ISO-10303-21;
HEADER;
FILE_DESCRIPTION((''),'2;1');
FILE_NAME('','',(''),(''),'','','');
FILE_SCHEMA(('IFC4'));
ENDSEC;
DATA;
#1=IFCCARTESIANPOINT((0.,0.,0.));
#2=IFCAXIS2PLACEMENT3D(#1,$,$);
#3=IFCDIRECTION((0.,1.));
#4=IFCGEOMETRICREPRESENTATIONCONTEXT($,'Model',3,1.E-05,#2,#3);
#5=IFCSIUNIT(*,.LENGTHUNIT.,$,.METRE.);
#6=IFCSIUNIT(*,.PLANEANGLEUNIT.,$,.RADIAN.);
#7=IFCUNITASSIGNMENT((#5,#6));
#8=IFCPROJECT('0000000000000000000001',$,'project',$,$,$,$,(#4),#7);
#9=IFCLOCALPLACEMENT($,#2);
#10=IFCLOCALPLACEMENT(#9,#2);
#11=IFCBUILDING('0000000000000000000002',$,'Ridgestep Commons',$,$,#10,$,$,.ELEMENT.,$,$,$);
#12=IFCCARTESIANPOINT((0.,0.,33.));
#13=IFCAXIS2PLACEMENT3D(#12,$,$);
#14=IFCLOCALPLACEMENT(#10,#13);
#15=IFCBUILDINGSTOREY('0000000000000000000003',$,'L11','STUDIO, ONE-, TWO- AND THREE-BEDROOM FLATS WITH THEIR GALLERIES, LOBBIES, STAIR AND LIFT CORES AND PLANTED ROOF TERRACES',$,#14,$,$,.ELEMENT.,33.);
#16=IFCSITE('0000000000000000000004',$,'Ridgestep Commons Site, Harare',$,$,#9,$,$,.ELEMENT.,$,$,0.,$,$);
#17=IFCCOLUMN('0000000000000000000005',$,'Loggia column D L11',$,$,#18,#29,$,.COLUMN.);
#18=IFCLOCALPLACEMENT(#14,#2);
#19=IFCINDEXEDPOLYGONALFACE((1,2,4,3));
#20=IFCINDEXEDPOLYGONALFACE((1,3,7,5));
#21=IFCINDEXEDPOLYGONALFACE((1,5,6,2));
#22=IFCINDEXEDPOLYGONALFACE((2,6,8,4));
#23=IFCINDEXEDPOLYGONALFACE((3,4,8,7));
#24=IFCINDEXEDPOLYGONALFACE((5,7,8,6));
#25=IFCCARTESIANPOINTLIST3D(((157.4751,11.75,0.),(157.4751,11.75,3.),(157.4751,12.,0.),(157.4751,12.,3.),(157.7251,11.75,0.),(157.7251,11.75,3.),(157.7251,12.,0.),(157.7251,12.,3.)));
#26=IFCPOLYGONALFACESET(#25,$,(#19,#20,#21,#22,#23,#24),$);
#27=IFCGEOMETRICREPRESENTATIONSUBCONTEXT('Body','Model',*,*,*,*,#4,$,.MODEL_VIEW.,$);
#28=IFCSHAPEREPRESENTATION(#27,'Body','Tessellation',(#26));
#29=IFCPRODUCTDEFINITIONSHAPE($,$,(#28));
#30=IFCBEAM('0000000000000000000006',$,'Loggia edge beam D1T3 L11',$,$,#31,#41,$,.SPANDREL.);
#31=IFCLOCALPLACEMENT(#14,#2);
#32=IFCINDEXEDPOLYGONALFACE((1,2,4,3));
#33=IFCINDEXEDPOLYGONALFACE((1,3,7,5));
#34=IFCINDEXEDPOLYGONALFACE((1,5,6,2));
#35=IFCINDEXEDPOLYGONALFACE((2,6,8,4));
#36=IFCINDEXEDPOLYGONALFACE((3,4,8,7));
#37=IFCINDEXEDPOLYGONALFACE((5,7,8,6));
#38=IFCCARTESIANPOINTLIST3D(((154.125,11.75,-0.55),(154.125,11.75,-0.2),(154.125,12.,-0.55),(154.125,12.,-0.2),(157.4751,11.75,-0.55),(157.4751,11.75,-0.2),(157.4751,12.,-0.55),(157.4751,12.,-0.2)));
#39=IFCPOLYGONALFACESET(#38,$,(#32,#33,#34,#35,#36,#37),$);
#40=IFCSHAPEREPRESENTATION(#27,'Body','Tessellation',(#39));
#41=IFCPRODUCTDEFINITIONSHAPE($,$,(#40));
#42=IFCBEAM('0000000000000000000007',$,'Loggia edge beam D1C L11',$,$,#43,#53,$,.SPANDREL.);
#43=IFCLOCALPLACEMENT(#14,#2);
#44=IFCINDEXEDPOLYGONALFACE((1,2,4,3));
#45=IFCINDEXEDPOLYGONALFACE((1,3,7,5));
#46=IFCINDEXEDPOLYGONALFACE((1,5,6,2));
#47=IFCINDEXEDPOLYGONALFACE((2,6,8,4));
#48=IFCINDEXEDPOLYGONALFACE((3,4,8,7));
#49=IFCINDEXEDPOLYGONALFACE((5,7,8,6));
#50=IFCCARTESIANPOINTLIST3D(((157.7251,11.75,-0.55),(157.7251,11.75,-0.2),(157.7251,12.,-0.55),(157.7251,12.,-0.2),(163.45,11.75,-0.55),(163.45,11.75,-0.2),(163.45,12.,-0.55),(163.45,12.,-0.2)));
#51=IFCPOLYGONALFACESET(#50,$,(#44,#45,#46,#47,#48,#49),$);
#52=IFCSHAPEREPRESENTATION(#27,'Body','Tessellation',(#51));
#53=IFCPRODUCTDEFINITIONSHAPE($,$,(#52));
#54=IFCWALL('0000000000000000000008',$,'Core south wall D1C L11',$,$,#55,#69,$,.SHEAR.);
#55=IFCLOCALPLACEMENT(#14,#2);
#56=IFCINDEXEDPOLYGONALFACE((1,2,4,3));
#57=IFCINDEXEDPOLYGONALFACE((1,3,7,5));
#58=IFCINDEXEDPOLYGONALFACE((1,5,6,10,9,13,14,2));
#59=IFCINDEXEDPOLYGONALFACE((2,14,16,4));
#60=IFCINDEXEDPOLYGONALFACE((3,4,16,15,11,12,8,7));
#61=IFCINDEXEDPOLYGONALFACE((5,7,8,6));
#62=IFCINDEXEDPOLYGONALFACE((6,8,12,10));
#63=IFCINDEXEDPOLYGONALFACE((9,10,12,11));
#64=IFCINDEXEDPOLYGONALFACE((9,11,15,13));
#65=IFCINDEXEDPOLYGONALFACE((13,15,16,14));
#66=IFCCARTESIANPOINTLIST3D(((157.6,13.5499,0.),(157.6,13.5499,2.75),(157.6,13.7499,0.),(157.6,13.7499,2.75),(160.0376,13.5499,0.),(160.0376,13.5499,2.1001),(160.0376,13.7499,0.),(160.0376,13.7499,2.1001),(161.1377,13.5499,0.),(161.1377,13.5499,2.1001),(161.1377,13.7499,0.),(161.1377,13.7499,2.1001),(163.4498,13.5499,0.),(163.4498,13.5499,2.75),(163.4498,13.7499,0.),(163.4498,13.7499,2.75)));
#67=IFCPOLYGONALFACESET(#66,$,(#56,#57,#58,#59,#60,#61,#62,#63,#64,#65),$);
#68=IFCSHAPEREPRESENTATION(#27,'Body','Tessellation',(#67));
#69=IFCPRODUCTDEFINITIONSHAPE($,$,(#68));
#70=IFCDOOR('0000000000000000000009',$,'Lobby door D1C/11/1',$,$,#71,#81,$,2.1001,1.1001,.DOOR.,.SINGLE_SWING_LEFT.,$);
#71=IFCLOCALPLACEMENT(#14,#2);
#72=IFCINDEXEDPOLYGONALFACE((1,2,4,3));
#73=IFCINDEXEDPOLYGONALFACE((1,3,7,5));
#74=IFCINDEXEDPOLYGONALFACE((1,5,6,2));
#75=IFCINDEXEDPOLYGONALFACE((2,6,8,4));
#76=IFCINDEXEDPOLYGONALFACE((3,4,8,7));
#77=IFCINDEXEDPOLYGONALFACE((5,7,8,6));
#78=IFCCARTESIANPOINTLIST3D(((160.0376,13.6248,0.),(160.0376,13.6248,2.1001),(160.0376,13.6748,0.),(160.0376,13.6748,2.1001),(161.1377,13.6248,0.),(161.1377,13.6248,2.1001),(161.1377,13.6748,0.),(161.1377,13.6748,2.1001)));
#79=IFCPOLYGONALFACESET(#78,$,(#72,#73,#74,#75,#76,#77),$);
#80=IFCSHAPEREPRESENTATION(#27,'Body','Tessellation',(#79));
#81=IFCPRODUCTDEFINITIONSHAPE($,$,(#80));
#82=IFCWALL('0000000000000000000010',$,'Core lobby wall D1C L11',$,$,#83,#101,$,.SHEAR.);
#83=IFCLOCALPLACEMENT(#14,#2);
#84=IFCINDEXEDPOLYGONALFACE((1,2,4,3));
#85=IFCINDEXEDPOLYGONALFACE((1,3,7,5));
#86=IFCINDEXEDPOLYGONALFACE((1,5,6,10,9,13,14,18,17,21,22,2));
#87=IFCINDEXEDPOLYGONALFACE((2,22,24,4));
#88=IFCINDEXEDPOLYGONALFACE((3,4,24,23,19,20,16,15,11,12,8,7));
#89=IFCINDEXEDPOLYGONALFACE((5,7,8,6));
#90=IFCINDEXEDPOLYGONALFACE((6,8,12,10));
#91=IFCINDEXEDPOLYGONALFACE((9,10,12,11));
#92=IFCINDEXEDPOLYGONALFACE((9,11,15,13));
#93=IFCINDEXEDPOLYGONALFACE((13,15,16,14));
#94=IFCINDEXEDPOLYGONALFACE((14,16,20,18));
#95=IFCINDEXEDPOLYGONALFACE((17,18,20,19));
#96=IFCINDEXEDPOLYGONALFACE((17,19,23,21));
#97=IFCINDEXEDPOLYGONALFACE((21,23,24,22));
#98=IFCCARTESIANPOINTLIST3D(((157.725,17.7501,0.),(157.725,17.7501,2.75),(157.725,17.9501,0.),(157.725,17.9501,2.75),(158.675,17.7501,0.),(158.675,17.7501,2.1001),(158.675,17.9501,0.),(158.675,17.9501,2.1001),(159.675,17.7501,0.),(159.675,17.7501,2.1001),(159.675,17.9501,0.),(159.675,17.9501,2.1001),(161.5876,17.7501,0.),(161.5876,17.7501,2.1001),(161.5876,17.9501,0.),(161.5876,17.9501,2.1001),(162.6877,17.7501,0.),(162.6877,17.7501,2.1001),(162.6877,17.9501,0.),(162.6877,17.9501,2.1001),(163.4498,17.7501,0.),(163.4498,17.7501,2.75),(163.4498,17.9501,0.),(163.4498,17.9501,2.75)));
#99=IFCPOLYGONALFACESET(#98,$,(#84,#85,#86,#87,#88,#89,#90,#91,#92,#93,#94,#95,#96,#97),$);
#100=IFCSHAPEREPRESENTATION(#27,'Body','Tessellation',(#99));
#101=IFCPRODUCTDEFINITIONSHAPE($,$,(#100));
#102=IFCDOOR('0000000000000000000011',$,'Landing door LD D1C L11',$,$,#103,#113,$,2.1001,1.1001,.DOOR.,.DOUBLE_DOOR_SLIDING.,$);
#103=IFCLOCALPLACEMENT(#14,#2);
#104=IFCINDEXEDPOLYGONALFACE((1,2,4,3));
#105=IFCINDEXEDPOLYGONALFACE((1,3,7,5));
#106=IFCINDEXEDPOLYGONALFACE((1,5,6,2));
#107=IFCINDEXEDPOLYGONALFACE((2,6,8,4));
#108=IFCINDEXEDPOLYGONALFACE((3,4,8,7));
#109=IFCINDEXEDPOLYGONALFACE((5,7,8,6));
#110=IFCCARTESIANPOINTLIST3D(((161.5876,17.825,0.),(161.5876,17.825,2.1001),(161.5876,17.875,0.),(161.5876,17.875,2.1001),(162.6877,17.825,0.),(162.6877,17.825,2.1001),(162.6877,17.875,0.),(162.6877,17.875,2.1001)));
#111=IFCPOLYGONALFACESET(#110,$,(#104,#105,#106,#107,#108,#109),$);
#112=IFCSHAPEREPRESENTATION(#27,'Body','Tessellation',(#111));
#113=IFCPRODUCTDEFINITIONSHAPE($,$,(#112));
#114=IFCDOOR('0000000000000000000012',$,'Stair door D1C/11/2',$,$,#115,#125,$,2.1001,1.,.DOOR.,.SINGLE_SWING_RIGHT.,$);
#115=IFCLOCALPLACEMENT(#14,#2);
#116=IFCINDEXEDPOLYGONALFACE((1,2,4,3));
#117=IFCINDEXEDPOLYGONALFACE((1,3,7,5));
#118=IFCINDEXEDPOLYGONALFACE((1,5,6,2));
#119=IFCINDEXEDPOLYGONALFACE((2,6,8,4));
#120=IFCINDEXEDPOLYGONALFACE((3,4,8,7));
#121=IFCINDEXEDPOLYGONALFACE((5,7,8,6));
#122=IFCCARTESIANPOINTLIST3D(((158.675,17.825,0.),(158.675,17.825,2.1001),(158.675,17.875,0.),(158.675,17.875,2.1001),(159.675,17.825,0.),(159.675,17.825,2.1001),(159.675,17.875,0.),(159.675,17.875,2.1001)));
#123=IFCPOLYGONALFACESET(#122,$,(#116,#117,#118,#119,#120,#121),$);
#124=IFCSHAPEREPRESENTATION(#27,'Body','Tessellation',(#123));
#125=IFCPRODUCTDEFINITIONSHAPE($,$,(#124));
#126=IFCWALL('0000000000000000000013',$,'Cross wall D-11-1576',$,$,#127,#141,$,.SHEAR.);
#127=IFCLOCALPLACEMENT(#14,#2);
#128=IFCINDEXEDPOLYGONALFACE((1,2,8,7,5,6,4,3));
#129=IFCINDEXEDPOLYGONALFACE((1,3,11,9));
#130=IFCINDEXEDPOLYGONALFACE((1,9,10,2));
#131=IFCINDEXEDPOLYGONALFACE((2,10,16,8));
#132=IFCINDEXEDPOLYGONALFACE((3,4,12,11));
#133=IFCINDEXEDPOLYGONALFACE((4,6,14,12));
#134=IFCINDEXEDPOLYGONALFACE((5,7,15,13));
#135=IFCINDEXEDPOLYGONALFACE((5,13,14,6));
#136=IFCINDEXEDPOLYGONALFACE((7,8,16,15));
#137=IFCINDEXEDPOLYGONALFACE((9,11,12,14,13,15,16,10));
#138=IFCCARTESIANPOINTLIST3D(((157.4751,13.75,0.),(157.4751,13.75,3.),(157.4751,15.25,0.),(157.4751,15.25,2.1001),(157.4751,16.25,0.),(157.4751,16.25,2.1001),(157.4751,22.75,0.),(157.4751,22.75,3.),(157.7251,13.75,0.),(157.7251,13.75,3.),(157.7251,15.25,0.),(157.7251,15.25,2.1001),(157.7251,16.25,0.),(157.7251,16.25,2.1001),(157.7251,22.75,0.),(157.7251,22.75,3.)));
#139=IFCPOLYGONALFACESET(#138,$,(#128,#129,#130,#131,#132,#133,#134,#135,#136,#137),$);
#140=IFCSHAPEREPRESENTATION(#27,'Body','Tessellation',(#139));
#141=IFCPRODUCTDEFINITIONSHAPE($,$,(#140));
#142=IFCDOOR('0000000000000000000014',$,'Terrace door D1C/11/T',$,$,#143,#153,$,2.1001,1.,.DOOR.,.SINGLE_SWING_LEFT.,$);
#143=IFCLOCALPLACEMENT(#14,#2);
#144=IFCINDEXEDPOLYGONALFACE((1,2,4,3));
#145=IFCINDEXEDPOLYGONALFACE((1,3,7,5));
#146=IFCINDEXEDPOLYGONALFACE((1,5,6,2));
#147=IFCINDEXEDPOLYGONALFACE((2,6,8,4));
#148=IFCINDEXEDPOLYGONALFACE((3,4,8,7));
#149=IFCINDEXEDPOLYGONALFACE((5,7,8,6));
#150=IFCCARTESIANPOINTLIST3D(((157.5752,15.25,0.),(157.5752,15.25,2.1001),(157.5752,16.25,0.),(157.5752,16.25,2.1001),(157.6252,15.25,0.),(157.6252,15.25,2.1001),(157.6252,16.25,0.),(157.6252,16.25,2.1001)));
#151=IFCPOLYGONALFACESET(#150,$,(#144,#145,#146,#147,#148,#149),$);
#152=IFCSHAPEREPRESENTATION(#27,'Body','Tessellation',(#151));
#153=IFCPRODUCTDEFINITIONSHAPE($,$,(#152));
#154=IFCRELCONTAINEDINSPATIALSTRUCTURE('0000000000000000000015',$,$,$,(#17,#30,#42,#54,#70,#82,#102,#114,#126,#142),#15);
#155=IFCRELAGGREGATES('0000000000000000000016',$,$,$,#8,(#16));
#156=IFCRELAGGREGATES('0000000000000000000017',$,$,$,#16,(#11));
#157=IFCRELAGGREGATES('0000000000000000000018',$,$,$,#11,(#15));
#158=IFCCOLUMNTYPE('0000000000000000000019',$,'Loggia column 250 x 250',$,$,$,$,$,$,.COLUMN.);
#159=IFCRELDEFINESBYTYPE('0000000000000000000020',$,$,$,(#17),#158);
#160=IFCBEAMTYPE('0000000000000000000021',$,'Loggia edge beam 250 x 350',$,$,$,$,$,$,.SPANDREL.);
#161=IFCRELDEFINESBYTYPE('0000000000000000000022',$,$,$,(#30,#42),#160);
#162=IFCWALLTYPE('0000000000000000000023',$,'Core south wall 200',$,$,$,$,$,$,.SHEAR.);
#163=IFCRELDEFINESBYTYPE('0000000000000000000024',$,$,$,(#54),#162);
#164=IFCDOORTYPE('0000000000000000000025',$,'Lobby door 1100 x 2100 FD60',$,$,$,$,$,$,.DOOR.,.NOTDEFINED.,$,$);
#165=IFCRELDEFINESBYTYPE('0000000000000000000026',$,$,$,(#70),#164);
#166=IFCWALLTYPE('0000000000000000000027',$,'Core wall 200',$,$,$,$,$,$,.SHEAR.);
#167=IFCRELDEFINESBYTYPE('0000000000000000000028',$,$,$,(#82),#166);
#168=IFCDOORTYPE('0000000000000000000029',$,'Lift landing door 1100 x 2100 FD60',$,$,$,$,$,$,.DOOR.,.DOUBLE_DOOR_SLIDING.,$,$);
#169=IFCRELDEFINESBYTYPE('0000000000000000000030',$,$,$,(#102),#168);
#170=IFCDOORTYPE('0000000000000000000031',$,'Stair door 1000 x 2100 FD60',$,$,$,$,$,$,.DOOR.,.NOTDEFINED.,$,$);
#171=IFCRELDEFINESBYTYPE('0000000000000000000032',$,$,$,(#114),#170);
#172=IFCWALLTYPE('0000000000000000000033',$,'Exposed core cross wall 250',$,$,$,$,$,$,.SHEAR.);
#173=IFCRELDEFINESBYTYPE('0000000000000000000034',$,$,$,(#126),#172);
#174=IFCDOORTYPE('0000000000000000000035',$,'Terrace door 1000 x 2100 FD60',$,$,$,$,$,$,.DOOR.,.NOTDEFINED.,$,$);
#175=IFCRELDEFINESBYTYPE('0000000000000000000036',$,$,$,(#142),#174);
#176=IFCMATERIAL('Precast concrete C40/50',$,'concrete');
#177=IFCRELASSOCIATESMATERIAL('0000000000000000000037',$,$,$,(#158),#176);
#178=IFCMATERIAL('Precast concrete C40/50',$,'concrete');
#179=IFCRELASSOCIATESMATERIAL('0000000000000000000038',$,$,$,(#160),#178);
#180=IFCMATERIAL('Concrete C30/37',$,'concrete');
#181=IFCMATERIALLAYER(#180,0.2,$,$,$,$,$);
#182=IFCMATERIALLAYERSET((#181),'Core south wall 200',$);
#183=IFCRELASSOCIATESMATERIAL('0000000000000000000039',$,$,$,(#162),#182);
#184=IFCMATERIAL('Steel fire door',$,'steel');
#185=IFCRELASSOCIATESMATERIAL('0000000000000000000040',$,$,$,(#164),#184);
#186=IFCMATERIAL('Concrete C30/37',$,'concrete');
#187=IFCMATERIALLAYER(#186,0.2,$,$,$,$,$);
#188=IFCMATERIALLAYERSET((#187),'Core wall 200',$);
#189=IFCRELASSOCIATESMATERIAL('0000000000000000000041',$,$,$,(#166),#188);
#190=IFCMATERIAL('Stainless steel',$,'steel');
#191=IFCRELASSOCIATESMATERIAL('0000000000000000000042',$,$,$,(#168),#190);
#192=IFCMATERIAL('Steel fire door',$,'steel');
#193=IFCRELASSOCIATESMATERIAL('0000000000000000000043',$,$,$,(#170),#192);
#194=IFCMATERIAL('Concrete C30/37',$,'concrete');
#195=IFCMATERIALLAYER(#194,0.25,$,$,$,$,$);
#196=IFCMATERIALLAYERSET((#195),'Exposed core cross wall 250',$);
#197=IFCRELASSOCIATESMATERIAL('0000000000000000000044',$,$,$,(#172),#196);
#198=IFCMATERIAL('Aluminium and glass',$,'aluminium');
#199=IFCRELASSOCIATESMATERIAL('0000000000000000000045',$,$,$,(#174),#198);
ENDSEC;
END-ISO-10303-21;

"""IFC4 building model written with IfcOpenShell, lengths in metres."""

from ifc_helpers import new_model, si_unit, direction, frame, frame_2d, origin, origin_2d, place, context, subcontext, project, spatial, rectangle, extrude, material, layer, layer_set, material_profile, profile_set, type_object, element, fill, save


model = new_model("IFC4")

# Units and contexts
model_context = context("Model", 3, precision=1e-05, world=origin(), true_north=direction((0.0, 1.0)))
body_context = subcontext(model_context, "Body", "Model", "MODEL_VIEW")
ifc_project = project(units=[si_unit("LENGTHUNIT", "METRE"), si_unit("PLANEANGLEUNIT", "RADIAN")], contexts=[model_context])

# Site, building, storey
site_placement = place(None, origin())
site = spatial("IfcSite", under=ifc_project, at=site_placement, Name="Ridgestep Commons Site, Harare", CompositionType="ELEMENT", RefElevation=0.0)
building_placement = place(site_placement, origin())
building = spatial("IfcBuilding", under=site, at=building_placement, Name="Ridgestep Commons", CompositionType="ELEMENT")
storey_placement = place(building_placement, frame((0.0, 0.0, 33.0)))
storey = spatial("IfcBuildingStorey", under=building, at=storey_placement, Name="L11", Description="STUDIO, ONE-, TWO- AND THREE-BEDROOM FLATS WITH THEIR GALLERIES, LOBBIES, STAIR AND LIFT CORES AND PLANTED ROOF TERRACES", CompositionType="ELEMENT", Elevation=33.0)

# Column
ifc_material_1 = material(Name="Precast concrete C40/50", Category="concrete")
ifc_material_profile_1 = material_profile(ifc_material_1, rectangle(XDim=0.25, YDim=0.25, at=origin_2d()), Name="PC 250x250")
ifc_profile_set_1 = profile_set([ifc_material_profile_1], Name="Precast concrete C40/50")
column_type = type_object("IfcColumnType", Name="Loggia column 250 x 250", PredefinedType="COLUMN", material=ifc_profile_set_1)
column_placement = place(storey_placement, frame((157.6001, 11.875, 0.0), z_axis=(0.0, 0.0, 1.0), x_axis=(1.0, 0.0, 0.0)))
element("IfcColumn", 1, at=column_placement, inside=storey, type_object=column_type, Name="Loggia column D L11", PredefinedType="COLUMN", context=body_context, shape_type="SweptSolid", body=[
    extrude(rectangle(XDim=0.25, YDim=0.25, at=origin_2d()), origin(), (0.0, 0.0, 1.0), 3.0),
])

# Beams
ifc_material_2 = material(Name="Precast concrete C40/50", Category="concrete")
ifc_material_profile_2 = material_profile(ifc_material_2, rectangle(XDim=0.25, YDim=0.3501, at=origin_2d()), Name="PC 250x350")
ifc_profile_set_2 = profile_set([ifc_material_profile_2], Name="Precast concrete C40/50")
beam_type = type_object("IfcBeamType", Name="Loggia edge beam 250 x 350", PredefinedType="SPANDREL", material=ifc_profile_set_2)
beam_1_placement = place(storey_placement, frame((154.125, 11.875, -0.375), z_axis=(1.0, 0.0, 0.0), x_axis=(0.0, 1.0, 0.0)))
element("IfcBeam", 2, at=beam_1_placement, inside=storey, type_object=beam_type, Name="Loggia edge beam D1T3 L11", PredefinedType="SPANDREL", context=body_context, shape_type="SweptSolid", body=[
    extrude(rectangle(XDim=0.25, YDim=0.3501, at=origin_2d()), origin(), (0.0, 0.0, 1.0), 3.3501),
])
beam_2_placement = place(storey_placement, frame((157.7251, 11.875, -0.375), z_axis=(1.0, 0.0, 0.0), x_axis=(0.0, 1.0, 0.0)))
element("IfcBeam", 3, at=beam_2_placement, inside=storey, type_object=beam_type, Name="Loggia edge beam D1C L11", PredefinedType="SPANDREL", context=body_context, shape_type="SweptSolid", body=[
    extrude(rectangle(XDim=0.25, YDim=0.3501, at=origin_2d()), origin(), (0.0, 0.0, 1.0), 5.7249),
])

# Wall, opening, door
ifc_material_3 = material(Name="Concrete C30/37", Category="concrete")
ifc_layer_1 = layer(ifc_material_3, 0.2)
ifc_layer_set_1 = layer_set([ifc_layer_1], Name="Core south wall 200")
wall_type_1 = type_object("IfcWallType", Name="Core south wall 200", PredefinedType="SHEAR", material=ifc_layer_set_1)
wall_1_placement = place(storey_placement, frame((157.6001, 13.6499, 0.0), z_axis=(0.0, 0.0, 1.0), x_axis=(1.0, 0.0, 0.0)))
wall_1 = element("IfcWall", 4, at=wall_1_placement, inside=storey, type_object=wall_type_1, Name="Core south wall D1C L11", PredefinedType="SHEAR", context=body_context, shape_type="SweptSolid", body=[
    extrude(rectangle(XDim=5.8499, YDim=0.2, at=frame_2d((2.9248, 0.0))), origin(), (0.0, 0.0, 1.0), 2.75),
])
opening_1_placement = place(wall_1_placement, frame((2.4375, 0.0, 0.0)))
opening_1 = element("IfcOpeningElement", 5, at=opening_1_placement, cuts=wall_1, PredefinedType="OPENING", context=body_context, shape_type="SweptSolid", body=[
    extrude(rectangle(XDim=1.1001, YDim=2.1001, at=frame_2d((0.55, 1.05))), frame((0.0, 0.1099, 0.0), z_axis=(0.0, -1.0, 0.0), x_axis=(1.0, 0.0, 0.0)), (0.0, 0.0, 1.0), 0.22),
])
ifc_material_4 = material(Name="Steel fire door", Category="steel")
door_type_1 = type_object("IfcDoorType", Name="Lobby door 1100 x 2100 FD60", OperationType="NOTDEFINED", PredefinedType="DOOR", material=ifc_material_4)
door_1_placement = place(opening_1_placement, origin())
door_1 = element("IfcDoor", 6, at=door_1_placement, inside=storey, type_object=door_type_1, Name="Lobby door D1C/11/1", OperationType="SINGLE_SWING_LEFT", OverallHeight=2.1001, OverallWidth=1.1001, PredefinedType="DOOR", context=body_context, shape_type="SweptSolid", body=[
    extrude(rectangle(XDim=1.1001, YDim=2.1001, at=frame_2d((0.55, 1.05))), frame((0.0, 0.0249, 0.0), z_axis=(0.0, -1.0, 0.0), x_axis=(1.0, 0.0, 0.0)), (0.0, 0.0, 1.0), 0.05),
])
fill(opening_1, door_1)

# Wall, openings, doors
ifc_material_5 = material(Name="Concrete C30/37", Category="concrete")
ifc_layer_2 = layer(ifc_material_5, 0.2)
ifc_layer_set_2 = layer_set([ifc_layer_2], Name="Core wall 200")
wall_type_2 = type_object("IfcWallType", Name="Core wall 200", PredefinedType="SHEAR", material=ifc_layer_set_2)
wall_2_placement = place(storey_placement, frame((157.7251, 17.8501, 0.0), z_axis=(0.0, 0.0, 1.0), x_axis=(1.0, 0.0, 0.0)))
wall_2 = element("IfcWall", 7, at=wall_2_placement, inside=storey, type_object=wall_type_2, Name="Core lobby wall D1C L11", PredefinedType="SHEAR", context=body_context, shape_type="SweptSolid", body=[
    extrude(rectangle(XDim=5.7249, YDim=0.2, at=frame_2d((2.8623, 0.0))), origin(), (0.0, 0.0, 1.0), 2.75),
])
opening_2_placement = place(wall_2_placement, frame((0.95, 0.0, 0.0)))
opening_2 = element("IfcOpeningElement", 8, at=opening_2_placement, cuts=wall_2, PredefinedType="OPENING", context=body_context, shape_type="SweptSolid", body=[
    extrude(rectangle(XDim=1.0, YDim=2.1001, at=frame_2d((0.5, 1.05))), frame((0.0, 0.1099, 0.0), z_axis=(0.0, -1.0, 0.0), x_axis=(1.0, 0.0, 0.0)), (0.0, 0.0, 1.0), 0.22),
])
opening_3_placement = place(wall_2_placement, frame((3.8625, 0.0, 0.0)))
opening_3 = element("IfcOpeningElement", 9, at=opening_3_placement, cuts=wall_2, PredefinedType="OPENING", context=body_context, shape_type="SweptSolid", body=[
    extrude(rectangle(XDim=1.1001, YDim=2.1001, at=frame_2d((0.55, 1.05))), frame((0.0, 0.1099, 0.0), z_axis=(0.0, -1.0, 0.0), x_axis=(1.0, 0.0, 0.0)), (0.0, 0.0, 1.0), 0.22),
])
ifc_material_6 = material(Name="Stainless steel", Category="steel")
door_type_2 = type_object("IfcDoorType", Name="Lift landing door 1100 x 2100 FD60", OperationType="DOUBLE_DOOR_SLIDING", PredefinedType="DOOR", material=ifc_material_6)
door_2_placement = place(opening_3_placement, origin())
door_2 = element("IfcDoor", 10, at=door_2_placement, inside=storey, type_object=door_type_2, Name="Landing door LD D1C L11", OperationType="DOUBLE_DOOR_SLIDING", OverallHeight=2.1001, OverallWidth=1.1001, PredefinedType="DOOR", context=body_context, shape_type="SweptSolid", body=[
    extrude(rectangle(XDim=1.1001, YDim=2.1001, at=frame_2d((0.55, 1.05))), frame((0.0, 0.0249, 0.0), z_axis=(0.0, -1.0, 0.0), x_axis=(1.0, 0.0, 0.0)), (0.0, 0.0, 1.0), 0.05),
])
fill(opening_3, door_2)
ifc_material_7 = material(Name="Steel fire door", Category="steel")
door_type_3 = type_object("IfcDoorType", Name="Stair door 1000 x 2100 FD60", OperationType="NOTDEFINED", PredefinedType="DOOR", material=ifc_material_7)
door_3_placement = place(opening_2_placement, origin())
door_3 = element("IfcDoor", 11, at=door_3_placement, inside=storey, type_object=door_type_3, Name="Stair door D1C/11/2", OperationType="SINGLE_SWING_RIGHT", OverallHeight=2.1001, OverallWidth=1.0, PredefinedType="DOOR", context=body_context, shape_type="SweptSolid", body=[
    extrude(rectangle(XDim=1.0, YDim=2.1001, at=frame_2d((0.5, 1.05))), frame((0.0, 0.0249, 0.0), z_axis=(0.0, -1.0, 0.0), x_axis=(1.0, 0.0, 0.0)), (0.0, 0.0, 1.0), 0.05),
])
fill(opening_2, door_3)

# Wall, opening, door
ifc_material_8 = material(Name="Concrete C30/37", Category="concrete")
ifc_layer_3 = layer(ifc_material_8, 0.25)
ifc_layer_set_3 = layer_set([ifc_layer_3], Name="Exposed core cross wall 250")
wall_type_3 = type_object("IfcWallType", Name="Exposed core cross wall 250", PredefinedType="SHEAR", material=ifc_layer_set_3)
wall_3_placement = place(storey_placement, frame((157.6001, 13.75, 0.0), z_axis=(0.0, 0.0, 1.0), x_axis=(0.0, 1.0, 0.0)))
wall_3 = element("IfcWall", 12, at=wall_3_placement, inside=storey, type_object=wall_type_3, Name="Cross wall D-11-1576", PredefinedType="SHEAR", context=body_context, shape_type="SweptSolid", body=[
    extrude(rectangle(XDim=9.0, YDim=0.25, at=frame_2d((4.5, 0.0))), origin(), (0.0, 0.0, 1.0), 3.0),
])
opening_4_placement = place(wall_3_placement, frame((1.5, 0.0, 0.0)))
opening_4 = element("IfcOpeningElement", 13, at=opening_4_placement, cuts=wall_3, PredefinedType="OPENING", context=body_context, shape_type="SweptSolid", body=[
    extrude(rectangle(XDim=1.0, YDim=2.1001, at=frame_2d((0.5, 1.05))), frame((0.0, 0.135, 0.0), z_axis=(0.0, -1.0, 0.0), x_axis=(1.0, 0.0, 0.0)), (0.0, 0.0, 1.0), 0.27),
])
ifc_material_9 = material(Name="Aluminium and glass", Category="aluminium")
door_type_4 = type_object("IfcDoorType", Name="Terrace door 1000 x 2100 FD60", OperationType="NOTDEFINED", PredefinedType="DOOR", material=ifc_material_9)
door_4_placement = place(opening_4_placement, origin())
door_4 = element("IfcDoor", 14, at=door_4_placement, inside=storey, type_object=door_type_4, Name="Terrace door D1C/11/T", OperationType="SINGLE_SWING_LEFT", OverallHeight=2.1001, OverallWidth=1.0, PredefinedType="DOOR", context=body_context, shape_type="SweptSolid", body=[
    extrude(rectangle(XDim=1.0, YDim=2.1001, at=frame_2d((0.5, 1.05))), frame((0.0, 0.0249, 0.0), z_axis=(0.0, -1.0, 0.0), x_axis=(1.0, 0.0, 0.0)), (0.0, 0.0, 1.0), 0.05),
])
fill(opening_4, door_4)

save(model, "model.ifc")
